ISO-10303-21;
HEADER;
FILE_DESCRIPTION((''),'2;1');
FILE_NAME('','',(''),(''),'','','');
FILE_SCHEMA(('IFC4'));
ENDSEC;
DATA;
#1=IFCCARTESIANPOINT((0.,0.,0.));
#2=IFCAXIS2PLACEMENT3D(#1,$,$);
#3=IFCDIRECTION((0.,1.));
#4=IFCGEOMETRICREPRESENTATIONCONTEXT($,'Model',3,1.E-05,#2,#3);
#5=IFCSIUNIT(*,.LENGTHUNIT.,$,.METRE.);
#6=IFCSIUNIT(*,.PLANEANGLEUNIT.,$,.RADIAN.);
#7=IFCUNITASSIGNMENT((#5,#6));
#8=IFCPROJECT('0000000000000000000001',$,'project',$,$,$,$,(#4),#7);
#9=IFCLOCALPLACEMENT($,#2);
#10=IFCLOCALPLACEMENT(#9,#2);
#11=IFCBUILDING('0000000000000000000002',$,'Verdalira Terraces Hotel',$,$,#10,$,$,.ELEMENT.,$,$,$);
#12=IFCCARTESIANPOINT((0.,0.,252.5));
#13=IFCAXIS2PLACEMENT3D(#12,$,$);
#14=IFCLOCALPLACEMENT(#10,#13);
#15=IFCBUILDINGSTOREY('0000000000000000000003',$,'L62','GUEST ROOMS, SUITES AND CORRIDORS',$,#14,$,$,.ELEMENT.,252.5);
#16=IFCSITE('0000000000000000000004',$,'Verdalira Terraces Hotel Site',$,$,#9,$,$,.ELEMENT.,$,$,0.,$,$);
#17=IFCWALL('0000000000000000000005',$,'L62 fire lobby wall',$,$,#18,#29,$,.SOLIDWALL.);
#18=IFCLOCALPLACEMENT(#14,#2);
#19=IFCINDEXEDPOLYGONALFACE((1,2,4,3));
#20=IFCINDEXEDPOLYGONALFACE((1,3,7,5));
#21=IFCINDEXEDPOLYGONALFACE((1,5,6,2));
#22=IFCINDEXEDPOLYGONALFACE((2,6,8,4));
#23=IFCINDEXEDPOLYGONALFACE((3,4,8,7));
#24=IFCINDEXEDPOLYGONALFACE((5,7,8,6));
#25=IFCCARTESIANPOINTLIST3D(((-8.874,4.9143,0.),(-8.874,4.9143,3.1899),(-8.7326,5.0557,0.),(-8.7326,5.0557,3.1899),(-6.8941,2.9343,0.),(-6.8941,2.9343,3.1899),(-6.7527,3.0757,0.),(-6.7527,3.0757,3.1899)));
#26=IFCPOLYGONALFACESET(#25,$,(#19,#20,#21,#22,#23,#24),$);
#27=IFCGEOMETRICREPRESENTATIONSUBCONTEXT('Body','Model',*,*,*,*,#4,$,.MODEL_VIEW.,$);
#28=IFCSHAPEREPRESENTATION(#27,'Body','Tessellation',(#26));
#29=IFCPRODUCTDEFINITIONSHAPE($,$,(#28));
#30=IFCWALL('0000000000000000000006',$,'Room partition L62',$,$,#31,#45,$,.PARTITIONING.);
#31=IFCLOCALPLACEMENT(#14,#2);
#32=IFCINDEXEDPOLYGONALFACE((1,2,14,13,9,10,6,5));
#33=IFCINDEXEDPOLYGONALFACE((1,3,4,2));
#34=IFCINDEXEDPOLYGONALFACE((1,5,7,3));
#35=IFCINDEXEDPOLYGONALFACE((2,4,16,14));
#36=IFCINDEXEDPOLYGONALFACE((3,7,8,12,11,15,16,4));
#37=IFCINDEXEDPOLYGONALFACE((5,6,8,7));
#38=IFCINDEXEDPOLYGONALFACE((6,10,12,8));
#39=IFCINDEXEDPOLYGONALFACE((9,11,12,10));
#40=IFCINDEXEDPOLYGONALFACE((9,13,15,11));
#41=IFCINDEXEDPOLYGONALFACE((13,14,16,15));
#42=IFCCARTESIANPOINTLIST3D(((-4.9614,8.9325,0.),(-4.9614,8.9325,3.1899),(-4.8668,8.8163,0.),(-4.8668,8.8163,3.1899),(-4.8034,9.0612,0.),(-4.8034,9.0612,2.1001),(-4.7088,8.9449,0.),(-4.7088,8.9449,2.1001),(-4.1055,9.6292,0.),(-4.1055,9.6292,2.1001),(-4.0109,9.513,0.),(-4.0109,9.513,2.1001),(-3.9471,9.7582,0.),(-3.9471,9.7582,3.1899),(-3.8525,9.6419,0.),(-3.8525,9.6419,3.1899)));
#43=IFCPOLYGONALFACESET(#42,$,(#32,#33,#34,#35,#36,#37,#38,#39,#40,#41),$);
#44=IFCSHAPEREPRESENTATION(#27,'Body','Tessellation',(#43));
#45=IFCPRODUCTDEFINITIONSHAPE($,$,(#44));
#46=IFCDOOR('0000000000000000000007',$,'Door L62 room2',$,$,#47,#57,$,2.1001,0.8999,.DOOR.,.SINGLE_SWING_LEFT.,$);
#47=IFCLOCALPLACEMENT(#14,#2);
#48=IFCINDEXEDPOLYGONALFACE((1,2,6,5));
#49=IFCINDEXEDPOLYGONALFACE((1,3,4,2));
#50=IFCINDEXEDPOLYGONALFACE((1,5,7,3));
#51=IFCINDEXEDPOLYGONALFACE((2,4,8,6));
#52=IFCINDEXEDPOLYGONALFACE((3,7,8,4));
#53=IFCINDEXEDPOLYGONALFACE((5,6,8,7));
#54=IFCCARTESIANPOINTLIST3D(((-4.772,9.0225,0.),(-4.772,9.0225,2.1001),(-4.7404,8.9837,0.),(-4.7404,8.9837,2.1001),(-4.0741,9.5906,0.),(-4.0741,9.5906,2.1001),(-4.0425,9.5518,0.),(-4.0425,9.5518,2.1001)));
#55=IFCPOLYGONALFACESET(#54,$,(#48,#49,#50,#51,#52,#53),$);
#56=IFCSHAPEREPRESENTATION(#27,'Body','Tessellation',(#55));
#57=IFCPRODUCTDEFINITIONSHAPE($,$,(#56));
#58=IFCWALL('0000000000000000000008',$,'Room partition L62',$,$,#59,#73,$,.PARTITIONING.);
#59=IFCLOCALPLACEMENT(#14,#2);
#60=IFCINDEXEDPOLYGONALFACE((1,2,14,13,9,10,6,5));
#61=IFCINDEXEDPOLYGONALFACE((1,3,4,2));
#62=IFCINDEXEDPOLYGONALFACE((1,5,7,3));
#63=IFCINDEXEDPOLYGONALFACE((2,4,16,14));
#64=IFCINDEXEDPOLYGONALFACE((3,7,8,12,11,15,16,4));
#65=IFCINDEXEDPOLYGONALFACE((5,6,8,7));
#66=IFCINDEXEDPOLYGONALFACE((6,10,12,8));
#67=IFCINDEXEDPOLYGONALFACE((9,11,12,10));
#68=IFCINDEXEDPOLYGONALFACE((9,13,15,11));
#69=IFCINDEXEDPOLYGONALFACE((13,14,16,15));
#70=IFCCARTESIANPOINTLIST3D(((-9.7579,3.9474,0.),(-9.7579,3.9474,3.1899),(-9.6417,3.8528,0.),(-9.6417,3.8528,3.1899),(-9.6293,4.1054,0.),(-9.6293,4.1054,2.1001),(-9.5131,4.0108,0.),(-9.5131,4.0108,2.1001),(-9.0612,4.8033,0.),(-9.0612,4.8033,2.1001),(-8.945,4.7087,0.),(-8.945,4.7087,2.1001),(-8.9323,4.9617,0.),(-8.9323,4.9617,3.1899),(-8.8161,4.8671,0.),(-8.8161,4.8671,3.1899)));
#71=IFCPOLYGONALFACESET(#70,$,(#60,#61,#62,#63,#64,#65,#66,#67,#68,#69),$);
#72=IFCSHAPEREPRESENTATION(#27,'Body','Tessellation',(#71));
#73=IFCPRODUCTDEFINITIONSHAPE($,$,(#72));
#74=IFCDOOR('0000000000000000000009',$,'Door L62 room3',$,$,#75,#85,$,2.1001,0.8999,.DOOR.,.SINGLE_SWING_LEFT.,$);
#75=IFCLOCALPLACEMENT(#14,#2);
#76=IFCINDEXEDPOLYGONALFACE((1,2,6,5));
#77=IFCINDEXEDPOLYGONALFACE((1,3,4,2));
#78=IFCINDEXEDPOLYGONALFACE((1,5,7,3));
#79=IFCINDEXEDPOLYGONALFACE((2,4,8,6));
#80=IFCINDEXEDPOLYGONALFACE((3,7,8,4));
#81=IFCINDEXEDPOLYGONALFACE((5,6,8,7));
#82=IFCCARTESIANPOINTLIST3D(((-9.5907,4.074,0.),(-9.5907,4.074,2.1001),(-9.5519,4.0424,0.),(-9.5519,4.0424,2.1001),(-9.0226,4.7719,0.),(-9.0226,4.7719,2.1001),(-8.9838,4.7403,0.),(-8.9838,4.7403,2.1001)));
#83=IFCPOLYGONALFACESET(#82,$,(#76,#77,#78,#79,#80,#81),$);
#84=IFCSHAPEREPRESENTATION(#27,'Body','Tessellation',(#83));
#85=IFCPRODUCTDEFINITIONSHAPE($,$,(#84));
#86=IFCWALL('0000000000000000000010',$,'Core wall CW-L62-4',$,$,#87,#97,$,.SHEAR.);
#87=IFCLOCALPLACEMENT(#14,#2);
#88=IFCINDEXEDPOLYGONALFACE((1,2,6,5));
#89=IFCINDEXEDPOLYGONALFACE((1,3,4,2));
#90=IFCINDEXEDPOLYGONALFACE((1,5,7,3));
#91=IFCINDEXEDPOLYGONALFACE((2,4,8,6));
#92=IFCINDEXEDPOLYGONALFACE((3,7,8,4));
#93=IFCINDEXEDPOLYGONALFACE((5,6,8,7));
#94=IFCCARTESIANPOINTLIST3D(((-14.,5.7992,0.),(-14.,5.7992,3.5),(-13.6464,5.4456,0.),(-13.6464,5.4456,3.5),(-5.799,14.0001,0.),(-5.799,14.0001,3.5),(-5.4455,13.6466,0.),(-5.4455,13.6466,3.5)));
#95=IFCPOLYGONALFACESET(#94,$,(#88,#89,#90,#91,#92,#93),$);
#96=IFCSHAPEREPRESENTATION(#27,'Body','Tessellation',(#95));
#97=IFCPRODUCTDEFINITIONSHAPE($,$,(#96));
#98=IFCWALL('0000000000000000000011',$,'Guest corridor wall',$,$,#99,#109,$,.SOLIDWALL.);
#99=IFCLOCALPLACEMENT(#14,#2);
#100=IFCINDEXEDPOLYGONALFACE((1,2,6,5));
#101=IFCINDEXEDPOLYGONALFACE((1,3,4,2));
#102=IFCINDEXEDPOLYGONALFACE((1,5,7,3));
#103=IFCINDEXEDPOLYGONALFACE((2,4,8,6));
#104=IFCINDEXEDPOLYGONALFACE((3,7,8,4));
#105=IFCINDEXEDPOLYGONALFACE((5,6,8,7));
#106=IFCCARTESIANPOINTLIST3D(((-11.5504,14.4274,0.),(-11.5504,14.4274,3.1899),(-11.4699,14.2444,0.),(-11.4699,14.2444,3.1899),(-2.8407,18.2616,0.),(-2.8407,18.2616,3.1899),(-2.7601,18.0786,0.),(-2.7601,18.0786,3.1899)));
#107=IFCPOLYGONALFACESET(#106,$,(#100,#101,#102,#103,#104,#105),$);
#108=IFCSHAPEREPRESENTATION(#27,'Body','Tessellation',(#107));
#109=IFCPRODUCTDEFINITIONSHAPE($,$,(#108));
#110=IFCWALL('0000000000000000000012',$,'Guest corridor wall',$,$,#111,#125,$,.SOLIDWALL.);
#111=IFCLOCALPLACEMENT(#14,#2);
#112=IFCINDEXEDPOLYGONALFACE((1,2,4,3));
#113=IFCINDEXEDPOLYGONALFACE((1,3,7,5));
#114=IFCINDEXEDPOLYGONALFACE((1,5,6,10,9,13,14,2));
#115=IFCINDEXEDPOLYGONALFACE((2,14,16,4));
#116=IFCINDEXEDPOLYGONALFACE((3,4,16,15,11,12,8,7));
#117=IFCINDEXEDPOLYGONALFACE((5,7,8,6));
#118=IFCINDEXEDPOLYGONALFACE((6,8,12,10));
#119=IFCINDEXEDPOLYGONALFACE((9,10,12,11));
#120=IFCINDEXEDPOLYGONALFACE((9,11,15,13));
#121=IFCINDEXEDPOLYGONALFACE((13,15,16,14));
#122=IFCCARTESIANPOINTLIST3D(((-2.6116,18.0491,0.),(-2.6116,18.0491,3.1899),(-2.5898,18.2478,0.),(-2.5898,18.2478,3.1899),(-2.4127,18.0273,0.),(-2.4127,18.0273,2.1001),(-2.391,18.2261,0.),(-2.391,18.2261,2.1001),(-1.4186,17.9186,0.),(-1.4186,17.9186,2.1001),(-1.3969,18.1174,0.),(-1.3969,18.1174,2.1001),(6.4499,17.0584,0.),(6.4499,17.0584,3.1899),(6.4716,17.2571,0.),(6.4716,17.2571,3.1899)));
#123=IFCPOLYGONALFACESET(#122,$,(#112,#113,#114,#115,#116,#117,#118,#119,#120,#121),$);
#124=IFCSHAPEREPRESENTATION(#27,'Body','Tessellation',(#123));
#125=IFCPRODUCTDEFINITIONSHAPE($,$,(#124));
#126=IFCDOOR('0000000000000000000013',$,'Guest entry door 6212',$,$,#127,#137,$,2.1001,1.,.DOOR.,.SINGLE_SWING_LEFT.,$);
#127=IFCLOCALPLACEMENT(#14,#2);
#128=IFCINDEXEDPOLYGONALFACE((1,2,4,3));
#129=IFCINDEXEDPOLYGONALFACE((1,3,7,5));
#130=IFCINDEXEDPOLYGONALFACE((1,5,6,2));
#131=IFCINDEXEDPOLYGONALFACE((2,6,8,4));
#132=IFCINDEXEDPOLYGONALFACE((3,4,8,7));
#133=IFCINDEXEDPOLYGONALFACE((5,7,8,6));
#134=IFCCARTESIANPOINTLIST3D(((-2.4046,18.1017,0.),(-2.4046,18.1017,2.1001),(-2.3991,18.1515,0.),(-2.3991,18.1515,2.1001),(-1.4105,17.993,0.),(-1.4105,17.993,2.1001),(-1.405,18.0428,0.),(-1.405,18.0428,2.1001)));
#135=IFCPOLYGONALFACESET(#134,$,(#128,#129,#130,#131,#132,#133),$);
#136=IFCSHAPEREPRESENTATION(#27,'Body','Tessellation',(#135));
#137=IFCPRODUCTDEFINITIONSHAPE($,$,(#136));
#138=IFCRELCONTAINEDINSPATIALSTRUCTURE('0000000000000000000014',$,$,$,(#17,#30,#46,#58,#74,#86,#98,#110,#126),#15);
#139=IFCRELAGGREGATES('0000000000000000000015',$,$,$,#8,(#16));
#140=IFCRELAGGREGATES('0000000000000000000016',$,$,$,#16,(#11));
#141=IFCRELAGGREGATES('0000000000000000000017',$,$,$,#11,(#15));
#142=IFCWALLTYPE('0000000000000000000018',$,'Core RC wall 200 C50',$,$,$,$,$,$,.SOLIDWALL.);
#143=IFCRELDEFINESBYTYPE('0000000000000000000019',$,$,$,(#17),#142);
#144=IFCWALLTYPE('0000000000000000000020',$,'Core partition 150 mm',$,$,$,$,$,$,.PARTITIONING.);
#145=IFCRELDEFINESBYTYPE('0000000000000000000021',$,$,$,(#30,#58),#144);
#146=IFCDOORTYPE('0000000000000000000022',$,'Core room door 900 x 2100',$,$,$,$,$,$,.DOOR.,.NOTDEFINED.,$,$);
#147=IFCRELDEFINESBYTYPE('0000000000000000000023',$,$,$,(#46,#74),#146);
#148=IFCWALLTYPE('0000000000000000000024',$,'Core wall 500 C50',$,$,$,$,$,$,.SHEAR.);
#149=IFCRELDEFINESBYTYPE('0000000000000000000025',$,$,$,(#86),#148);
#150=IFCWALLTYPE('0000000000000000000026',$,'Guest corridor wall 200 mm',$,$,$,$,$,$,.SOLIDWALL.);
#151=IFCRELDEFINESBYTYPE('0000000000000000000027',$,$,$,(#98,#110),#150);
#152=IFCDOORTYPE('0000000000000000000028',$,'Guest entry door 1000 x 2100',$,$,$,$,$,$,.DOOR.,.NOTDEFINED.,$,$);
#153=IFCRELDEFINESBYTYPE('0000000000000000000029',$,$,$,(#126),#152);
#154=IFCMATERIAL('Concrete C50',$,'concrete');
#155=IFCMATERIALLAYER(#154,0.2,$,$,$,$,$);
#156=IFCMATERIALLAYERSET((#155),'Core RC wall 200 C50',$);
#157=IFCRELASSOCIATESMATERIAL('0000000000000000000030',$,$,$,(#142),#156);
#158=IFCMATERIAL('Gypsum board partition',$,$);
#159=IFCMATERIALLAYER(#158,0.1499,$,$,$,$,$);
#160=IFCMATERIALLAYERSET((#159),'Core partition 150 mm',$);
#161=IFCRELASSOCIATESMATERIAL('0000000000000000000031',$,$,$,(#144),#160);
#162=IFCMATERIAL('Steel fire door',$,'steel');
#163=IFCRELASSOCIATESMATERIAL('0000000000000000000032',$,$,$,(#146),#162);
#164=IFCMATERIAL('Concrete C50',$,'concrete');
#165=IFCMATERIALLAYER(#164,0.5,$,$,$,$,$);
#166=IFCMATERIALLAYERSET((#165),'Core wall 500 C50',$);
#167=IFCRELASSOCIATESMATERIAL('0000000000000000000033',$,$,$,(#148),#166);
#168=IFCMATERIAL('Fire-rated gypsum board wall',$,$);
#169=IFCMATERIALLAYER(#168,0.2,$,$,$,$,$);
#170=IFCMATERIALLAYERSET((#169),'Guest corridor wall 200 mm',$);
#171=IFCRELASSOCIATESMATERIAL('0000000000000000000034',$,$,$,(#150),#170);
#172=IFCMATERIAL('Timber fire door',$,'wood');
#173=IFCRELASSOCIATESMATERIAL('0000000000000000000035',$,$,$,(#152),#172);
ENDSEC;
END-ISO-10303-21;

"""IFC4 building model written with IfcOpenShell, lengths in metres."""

from ifc_helpers import new_model, si_unit, direction, frame, frame_2d, origin, place, context, subcontext, project, spatial, rectangle, extrude, material, layer, layer_set, type_object, element, fill, save


model = new_model("IFC4")

# Units and contexts
model_context = context("Model", 3, precision=1e-05, world=origin(), true_north=direction((0.0, 1.0)))
body_context = subcontext(model_context, "Body", "Model", "MODEL_VIEW")
ifc_project = project(units=[si_unit("LENGTHUNIT", "METRE"), si_unit("PLANEANGLEUNIT", "RADIAN")], contexts=[model_context])

# Site, building, storey
site_placement = place(None, origin())
site = spatial("IfcSite", under=ifc_project, at=site_placement, Name="Verdalira Terraces Hotel Site", CompositionType="ELEMENT", RefElevation=0.0)
building_placement = place(site_placement, origin())
building = spatial("IfcBuilding", under=site, at=building_placement, Name="Verdalira Terraces Hotel", CompositionType="ELEMENT")
storey_placement = place(building_placement, frame((0.0, 0.0, 252.5)))
storey = spatial("IfcBuildingStorey", under=building, at=storey_placement, Name="L62", Description="GUEST ROOMS, SUITES AND CORRIDORS", CompositionType="ELEMENT", Elevation=252.5)

# Shared definitions
ifc_material_1 = material(Name="Concrete C50", Category="concrete")
ifc_layer_1 = layer(ifc_material_1, 0.2)
ifc_layer_set_1 = layer_set([ifc_layer_1], Name="Core RC wall 200 C50")
wall_type_1 = type_object("IfcWallType", Name="Core RC wall 200 C50", PredefinedType="SOLIDWALL", material=ifc_layer_set_1)

# Wall
for number, where, z_axis, x_axis, name in (
    (1, (-6.8235, 3.0051, 0.0), (0.0, 0.0, 1.0), (-0.707107, 0.707107, 0.0), "L62 fire lobby wall"),
):
    element("IfcWall", number, at=place(storey_placement, frame(where, z_axis=z_axis, x_axis=x_axis)), inside=storey, type_object=wall_type_1, Name=name, PredefinedType="SOLIDWALL", context=body_context, shape_type="SweptSolid", body=[
        extrude(rectangle(XDim=2.8, YDim=0.2, at=frame_2d((1.3999, 0.0))), origin(), (0.0, 0.0, 1.0), 3.1899),
    ])

# Walls, openings, doors
ifc_material_2 = material(Name="Gypsum board partition")
ifc_layer_2 = layer(ifc_material_2, 0.1499)
ifc_layer_set_2 = layer_set([ifc_layer_2], Name="Core partition 150 mm")
wall_type_2 = type_object("IfcWallType", Name="Core partition 150 mm", PredefinedType="PARTITIONING", material=ifc_layer_set_2)
wall_1_placement = place(storey_placement, frame((-3.8999, 9.7, 0.0), z_axis=(0.0, 0.0, 1.0), x_axis=(-0.77556, -0.631274, 0.0)))
wall_1 = element("IfcWall", 2, at=wall_1_placement, inside=storey, type_object=wall_type_2, Name="Room partition L62", PredefinedType="PARTITIONING", context=body_context, shape_type="SweptSolid", body=[
    extrude(rectangle(XDim=1.3079, YDim=0.1499, at=frame_2d((0.6538, 0.0))), origin(), (0.0, 0.0, 1.0), 3.1899),
])
opening_1_placement = place(wall_1_placement, frame((0.2041, 0.0, 0.0)))
opening_1 = element("IfcOpeningElement", 3, at=opening_1_placement, cuts=wall_1, PredefinedType="OPENING", context=body_context, shape_type="SweptSolid", body=[
    extrude(rectangle(XDim=0.8999, YDim=2.1001, at=frame_2d((0.45, 1.05))), frame((0.0, 0.085, 0.0), z_axis=(0.0, -1.0, 0.0), x_axis=(1.0, 0.0, 0.0)), (0.0, 0.0, 1.0), 0.1699),
])
ifc_material_3 = material(Name="Steel fire door", Category="steel")
door_type_1 = type_object("IfcDoorType", Name="Core room door 900 x 2100", OperationType="NOTDEFINED", PredefinedType="DOOR", material=ifc_material_3)
door_1_placement = place(opening_1_placement, origin())
door_1 = element("IfcDoor", 4, at=door_1_placement, inside=storey, type_object=door_type_1, Name="Door L62 room2", OperationType="SINGLE_SWING_LEFT", OverallHeight=2.1001, OverallWidth=0.8999, PredefinedType="DOOR", context=body_context, shape_type="SweptSolid", body=[
    extrude(rectangle(XDim=0.8999, YDim=2.1001, at=frame_2d((0.45, 1.05))), frame((0.0, 0.0249, 0.0), z_axis=(0.0, -1.0, 0.0), x_axis=(1.0, 0.0, 0.0)), (0.0, 0.0, 1.0), 0.05),
])
fill(opening_1, door_1)
wall_2_placement = place(storey_placement, frame((-8.8743, 4.9143, 0.0), z_axis=(0.0, 0.0, 1.0), x_axis=(-0.631274, -0.77556, 0.0)))
wall_2 = element("IfcWall", 5, at=wall_2_placement, inside=storey, type_object=wall_type_2, Name="Room partition L62", PredefinedType="PARTITIONING", context=body_context, shape_type="SweptSolid", body=[
    extrude(rectangle(XDim=1.3079, YDim=0.1499, at=frame_2d((0.6538, 0.0))), origin(), (0.0, 0.0, 1.0), 3.1899),
])
opening_2_placement = place(wall_2_placement, frame((0.2041, 0.0, 0.0)))
opening_2 = element("IfcOpeningElement", 6, at=opening_2_placement, cuts=wall_2, PredefinedType="OPENING", context=body_context, shape_type="SweptSolid", body=[
    extrude(rectangle(XDim=0.8999, YDim=2.1001, at=frame_2d((0.45, 1.05))), frame((0.0, 0.085, 0.0), z_axis=(0.0, -1.0, 0.0), x_axis=(1.0, 0.0, 0.0)), (0.0, 0.0, 1.0), 0.1699),
])
door_2_placement = place(opening_2_placement, origin())
door_2 = element("IfcDoor", 7, at=door_2_placement, inside=storey, type_object=door_type_1, Name="Door L62 room3", OperationType="SINGLE_SWING_LEFT", OverallHeight=2.1001, OverallWidth=0.8999, PredefinedType="DOOR", context=body_context, shape_type="SweptSolid", body=[
    extrude(rectangle(XDim=0.8999, YDim=2.1001, at=frame_2d((0.45, 1.05))), frame((0.0, 0.0249, 0.0), z_axis=(0.0, -1.0, 0.0), x_axis=(1.0, 0.0, 0.0)), (0.0, 0.0, 1.0), 0.05),
])
fill(opening_2, door_2)

# Walls
ifc_material_4 = material(Name="Concrete C50", Category="concrete")
ifc_layer_3 = layer(ifc_material_4, 0.5)
ifc_layer_set_3 = layer_set([ifc_layer_3], Name="Core wall 500 C50")
wall_type_3 = type_object("IfcWallType", Name="Core wall 500 C50", PredefinedType="SHEAR", material=ifc_layer_set_3)
wall_3_placement = place(storey_placement, frame((-5.6223, 13.8232, 0.0), z_axis=(0.0, 0.0, 1.0), x_axis=(-0.707107, -0.707107, 0.0)))
element("IfcWall", 8, at=wall_3_placement, inside=storey, type_object=wall_type_3, Name="Core wall CW-L62-4", PredefinedType="SHEAR", context=body_context, shape_type="SweptSolid", body=[
    extrude(rectangle(XDim=11.5979, YDim=0.5, at=frame_2d((5.7988, 0.0))), origin(), (0.0, 0.0, 1.0), 3.5),
])
ifc_material_5 = material(Name="Fire-rated gypsum board wall")
ifc_layer_4 = layer(ifc_material_5, 0.2)
ifc_layer_set_4 = layer_set([ifc_layer_4], Name="Guest corridor wall 200 mm")
wall_type_4 = type_object("IfcWallType", Name="Guest corridor wall 200 mm", PredefinedType="SOLIDWALL", material=ifc_layer_set_4)
wall_4_placement = place(storey_placement, frame((-2.8003, 18.1702, 0.0), z_axis=(0.0, 0.0, 1.0), x_axis=(-0.915239, -0.402911, 0.0)))
element("IfcWall", 9, at=wall_4_placement, inside=storey, type_object=wall_type_4, Name="Guest corridor wall", PredefinedType="SOLIDWALL", context=body_context, shape_type="SweptSolid", body=[
    extrude(rectangle(XDim=9.5164, YDim=0.2, at=frame_2d((4.7583, 0.0))), origin(), (0.0, 0.0, 1.0), 3.1899),
])

# Wall, opening, door
wall_5_placement = place(storey_placement, frame((-2.6006, 18.1484, 0.0), z_axis=(0.0, 0.0, 1.0), x_axis=(0.994076, -0.108685, 0.0)))
wall_5 = element("IfcWall", 10, at=wall_5_placement, inside=storey, type_object=wall_type_4, Name="Guest corridor wall", PredefinedType="SOLIDWALL", context=body_context, shape_type="SweptSolid", body=[
    extrude(rectangle(XDim=9.1155, YDim=0.2, at=frame_2d((4.5576, 0.0))), origin(), (0.0, 0.0, 1.0), 3.1899),
])
opening_3_placement = place(wall_5_placement, frame((0.2, 0.0, 0.0)))
opening_3 = element("IfcOpeningElement", 11, at=opening_3_placement, cuts=wall_5, PredefinedType="OPENING", context=body_context, shape_type="SweptSolid", body=[
    extrude(rectangle(XDim=1.0, YDim=2.1001, at=frame_2d((0.5, 1.05))), frame((0.0, 0.1099, 0.0), z_axis=(0.0, -1.0, 0.0), x_axis=(1.0, 0.0, 0.0)), (0.0, 0.0, 1.0), 0.22),
])
ifc_material_6 = material(Name="Timber fire door", Category="wood")
door_type_2 = type_object("IfcDoorType", Name="Guest entry door 1000 x 2100", OperationType="NOTDEFINED", PredefinedType="DOOR", material=ifc_material_6)
door_3_placement = place(opening_3_placement, origin())
door_3 = element("IfcDoor", 12, at=door_3_placement, inside=storey, type_object=door_type_2, Name="Guest entry door 6212", OperationType="SINGLE_SWING_LEFT", OverallHeight=2.1001, OverallWidth=1.0, PredefinedType="DOOR", context=body_context, shape_type="SweptSolid", body=[
    extrude(rectangle(XDim=1.0, YDim=2.1001, at=frame_2d((0.5, 1.05))), frame((0.0, 0.0249, 0.0), z_axis=(0.0, -1.0, 0.0), x_axis=(1.0, 0.0, 0.0)), (0.0, 0.0, 1.0), 0.05),
])
fill(opening_3, door_3)

save(model, "model.ifc")
